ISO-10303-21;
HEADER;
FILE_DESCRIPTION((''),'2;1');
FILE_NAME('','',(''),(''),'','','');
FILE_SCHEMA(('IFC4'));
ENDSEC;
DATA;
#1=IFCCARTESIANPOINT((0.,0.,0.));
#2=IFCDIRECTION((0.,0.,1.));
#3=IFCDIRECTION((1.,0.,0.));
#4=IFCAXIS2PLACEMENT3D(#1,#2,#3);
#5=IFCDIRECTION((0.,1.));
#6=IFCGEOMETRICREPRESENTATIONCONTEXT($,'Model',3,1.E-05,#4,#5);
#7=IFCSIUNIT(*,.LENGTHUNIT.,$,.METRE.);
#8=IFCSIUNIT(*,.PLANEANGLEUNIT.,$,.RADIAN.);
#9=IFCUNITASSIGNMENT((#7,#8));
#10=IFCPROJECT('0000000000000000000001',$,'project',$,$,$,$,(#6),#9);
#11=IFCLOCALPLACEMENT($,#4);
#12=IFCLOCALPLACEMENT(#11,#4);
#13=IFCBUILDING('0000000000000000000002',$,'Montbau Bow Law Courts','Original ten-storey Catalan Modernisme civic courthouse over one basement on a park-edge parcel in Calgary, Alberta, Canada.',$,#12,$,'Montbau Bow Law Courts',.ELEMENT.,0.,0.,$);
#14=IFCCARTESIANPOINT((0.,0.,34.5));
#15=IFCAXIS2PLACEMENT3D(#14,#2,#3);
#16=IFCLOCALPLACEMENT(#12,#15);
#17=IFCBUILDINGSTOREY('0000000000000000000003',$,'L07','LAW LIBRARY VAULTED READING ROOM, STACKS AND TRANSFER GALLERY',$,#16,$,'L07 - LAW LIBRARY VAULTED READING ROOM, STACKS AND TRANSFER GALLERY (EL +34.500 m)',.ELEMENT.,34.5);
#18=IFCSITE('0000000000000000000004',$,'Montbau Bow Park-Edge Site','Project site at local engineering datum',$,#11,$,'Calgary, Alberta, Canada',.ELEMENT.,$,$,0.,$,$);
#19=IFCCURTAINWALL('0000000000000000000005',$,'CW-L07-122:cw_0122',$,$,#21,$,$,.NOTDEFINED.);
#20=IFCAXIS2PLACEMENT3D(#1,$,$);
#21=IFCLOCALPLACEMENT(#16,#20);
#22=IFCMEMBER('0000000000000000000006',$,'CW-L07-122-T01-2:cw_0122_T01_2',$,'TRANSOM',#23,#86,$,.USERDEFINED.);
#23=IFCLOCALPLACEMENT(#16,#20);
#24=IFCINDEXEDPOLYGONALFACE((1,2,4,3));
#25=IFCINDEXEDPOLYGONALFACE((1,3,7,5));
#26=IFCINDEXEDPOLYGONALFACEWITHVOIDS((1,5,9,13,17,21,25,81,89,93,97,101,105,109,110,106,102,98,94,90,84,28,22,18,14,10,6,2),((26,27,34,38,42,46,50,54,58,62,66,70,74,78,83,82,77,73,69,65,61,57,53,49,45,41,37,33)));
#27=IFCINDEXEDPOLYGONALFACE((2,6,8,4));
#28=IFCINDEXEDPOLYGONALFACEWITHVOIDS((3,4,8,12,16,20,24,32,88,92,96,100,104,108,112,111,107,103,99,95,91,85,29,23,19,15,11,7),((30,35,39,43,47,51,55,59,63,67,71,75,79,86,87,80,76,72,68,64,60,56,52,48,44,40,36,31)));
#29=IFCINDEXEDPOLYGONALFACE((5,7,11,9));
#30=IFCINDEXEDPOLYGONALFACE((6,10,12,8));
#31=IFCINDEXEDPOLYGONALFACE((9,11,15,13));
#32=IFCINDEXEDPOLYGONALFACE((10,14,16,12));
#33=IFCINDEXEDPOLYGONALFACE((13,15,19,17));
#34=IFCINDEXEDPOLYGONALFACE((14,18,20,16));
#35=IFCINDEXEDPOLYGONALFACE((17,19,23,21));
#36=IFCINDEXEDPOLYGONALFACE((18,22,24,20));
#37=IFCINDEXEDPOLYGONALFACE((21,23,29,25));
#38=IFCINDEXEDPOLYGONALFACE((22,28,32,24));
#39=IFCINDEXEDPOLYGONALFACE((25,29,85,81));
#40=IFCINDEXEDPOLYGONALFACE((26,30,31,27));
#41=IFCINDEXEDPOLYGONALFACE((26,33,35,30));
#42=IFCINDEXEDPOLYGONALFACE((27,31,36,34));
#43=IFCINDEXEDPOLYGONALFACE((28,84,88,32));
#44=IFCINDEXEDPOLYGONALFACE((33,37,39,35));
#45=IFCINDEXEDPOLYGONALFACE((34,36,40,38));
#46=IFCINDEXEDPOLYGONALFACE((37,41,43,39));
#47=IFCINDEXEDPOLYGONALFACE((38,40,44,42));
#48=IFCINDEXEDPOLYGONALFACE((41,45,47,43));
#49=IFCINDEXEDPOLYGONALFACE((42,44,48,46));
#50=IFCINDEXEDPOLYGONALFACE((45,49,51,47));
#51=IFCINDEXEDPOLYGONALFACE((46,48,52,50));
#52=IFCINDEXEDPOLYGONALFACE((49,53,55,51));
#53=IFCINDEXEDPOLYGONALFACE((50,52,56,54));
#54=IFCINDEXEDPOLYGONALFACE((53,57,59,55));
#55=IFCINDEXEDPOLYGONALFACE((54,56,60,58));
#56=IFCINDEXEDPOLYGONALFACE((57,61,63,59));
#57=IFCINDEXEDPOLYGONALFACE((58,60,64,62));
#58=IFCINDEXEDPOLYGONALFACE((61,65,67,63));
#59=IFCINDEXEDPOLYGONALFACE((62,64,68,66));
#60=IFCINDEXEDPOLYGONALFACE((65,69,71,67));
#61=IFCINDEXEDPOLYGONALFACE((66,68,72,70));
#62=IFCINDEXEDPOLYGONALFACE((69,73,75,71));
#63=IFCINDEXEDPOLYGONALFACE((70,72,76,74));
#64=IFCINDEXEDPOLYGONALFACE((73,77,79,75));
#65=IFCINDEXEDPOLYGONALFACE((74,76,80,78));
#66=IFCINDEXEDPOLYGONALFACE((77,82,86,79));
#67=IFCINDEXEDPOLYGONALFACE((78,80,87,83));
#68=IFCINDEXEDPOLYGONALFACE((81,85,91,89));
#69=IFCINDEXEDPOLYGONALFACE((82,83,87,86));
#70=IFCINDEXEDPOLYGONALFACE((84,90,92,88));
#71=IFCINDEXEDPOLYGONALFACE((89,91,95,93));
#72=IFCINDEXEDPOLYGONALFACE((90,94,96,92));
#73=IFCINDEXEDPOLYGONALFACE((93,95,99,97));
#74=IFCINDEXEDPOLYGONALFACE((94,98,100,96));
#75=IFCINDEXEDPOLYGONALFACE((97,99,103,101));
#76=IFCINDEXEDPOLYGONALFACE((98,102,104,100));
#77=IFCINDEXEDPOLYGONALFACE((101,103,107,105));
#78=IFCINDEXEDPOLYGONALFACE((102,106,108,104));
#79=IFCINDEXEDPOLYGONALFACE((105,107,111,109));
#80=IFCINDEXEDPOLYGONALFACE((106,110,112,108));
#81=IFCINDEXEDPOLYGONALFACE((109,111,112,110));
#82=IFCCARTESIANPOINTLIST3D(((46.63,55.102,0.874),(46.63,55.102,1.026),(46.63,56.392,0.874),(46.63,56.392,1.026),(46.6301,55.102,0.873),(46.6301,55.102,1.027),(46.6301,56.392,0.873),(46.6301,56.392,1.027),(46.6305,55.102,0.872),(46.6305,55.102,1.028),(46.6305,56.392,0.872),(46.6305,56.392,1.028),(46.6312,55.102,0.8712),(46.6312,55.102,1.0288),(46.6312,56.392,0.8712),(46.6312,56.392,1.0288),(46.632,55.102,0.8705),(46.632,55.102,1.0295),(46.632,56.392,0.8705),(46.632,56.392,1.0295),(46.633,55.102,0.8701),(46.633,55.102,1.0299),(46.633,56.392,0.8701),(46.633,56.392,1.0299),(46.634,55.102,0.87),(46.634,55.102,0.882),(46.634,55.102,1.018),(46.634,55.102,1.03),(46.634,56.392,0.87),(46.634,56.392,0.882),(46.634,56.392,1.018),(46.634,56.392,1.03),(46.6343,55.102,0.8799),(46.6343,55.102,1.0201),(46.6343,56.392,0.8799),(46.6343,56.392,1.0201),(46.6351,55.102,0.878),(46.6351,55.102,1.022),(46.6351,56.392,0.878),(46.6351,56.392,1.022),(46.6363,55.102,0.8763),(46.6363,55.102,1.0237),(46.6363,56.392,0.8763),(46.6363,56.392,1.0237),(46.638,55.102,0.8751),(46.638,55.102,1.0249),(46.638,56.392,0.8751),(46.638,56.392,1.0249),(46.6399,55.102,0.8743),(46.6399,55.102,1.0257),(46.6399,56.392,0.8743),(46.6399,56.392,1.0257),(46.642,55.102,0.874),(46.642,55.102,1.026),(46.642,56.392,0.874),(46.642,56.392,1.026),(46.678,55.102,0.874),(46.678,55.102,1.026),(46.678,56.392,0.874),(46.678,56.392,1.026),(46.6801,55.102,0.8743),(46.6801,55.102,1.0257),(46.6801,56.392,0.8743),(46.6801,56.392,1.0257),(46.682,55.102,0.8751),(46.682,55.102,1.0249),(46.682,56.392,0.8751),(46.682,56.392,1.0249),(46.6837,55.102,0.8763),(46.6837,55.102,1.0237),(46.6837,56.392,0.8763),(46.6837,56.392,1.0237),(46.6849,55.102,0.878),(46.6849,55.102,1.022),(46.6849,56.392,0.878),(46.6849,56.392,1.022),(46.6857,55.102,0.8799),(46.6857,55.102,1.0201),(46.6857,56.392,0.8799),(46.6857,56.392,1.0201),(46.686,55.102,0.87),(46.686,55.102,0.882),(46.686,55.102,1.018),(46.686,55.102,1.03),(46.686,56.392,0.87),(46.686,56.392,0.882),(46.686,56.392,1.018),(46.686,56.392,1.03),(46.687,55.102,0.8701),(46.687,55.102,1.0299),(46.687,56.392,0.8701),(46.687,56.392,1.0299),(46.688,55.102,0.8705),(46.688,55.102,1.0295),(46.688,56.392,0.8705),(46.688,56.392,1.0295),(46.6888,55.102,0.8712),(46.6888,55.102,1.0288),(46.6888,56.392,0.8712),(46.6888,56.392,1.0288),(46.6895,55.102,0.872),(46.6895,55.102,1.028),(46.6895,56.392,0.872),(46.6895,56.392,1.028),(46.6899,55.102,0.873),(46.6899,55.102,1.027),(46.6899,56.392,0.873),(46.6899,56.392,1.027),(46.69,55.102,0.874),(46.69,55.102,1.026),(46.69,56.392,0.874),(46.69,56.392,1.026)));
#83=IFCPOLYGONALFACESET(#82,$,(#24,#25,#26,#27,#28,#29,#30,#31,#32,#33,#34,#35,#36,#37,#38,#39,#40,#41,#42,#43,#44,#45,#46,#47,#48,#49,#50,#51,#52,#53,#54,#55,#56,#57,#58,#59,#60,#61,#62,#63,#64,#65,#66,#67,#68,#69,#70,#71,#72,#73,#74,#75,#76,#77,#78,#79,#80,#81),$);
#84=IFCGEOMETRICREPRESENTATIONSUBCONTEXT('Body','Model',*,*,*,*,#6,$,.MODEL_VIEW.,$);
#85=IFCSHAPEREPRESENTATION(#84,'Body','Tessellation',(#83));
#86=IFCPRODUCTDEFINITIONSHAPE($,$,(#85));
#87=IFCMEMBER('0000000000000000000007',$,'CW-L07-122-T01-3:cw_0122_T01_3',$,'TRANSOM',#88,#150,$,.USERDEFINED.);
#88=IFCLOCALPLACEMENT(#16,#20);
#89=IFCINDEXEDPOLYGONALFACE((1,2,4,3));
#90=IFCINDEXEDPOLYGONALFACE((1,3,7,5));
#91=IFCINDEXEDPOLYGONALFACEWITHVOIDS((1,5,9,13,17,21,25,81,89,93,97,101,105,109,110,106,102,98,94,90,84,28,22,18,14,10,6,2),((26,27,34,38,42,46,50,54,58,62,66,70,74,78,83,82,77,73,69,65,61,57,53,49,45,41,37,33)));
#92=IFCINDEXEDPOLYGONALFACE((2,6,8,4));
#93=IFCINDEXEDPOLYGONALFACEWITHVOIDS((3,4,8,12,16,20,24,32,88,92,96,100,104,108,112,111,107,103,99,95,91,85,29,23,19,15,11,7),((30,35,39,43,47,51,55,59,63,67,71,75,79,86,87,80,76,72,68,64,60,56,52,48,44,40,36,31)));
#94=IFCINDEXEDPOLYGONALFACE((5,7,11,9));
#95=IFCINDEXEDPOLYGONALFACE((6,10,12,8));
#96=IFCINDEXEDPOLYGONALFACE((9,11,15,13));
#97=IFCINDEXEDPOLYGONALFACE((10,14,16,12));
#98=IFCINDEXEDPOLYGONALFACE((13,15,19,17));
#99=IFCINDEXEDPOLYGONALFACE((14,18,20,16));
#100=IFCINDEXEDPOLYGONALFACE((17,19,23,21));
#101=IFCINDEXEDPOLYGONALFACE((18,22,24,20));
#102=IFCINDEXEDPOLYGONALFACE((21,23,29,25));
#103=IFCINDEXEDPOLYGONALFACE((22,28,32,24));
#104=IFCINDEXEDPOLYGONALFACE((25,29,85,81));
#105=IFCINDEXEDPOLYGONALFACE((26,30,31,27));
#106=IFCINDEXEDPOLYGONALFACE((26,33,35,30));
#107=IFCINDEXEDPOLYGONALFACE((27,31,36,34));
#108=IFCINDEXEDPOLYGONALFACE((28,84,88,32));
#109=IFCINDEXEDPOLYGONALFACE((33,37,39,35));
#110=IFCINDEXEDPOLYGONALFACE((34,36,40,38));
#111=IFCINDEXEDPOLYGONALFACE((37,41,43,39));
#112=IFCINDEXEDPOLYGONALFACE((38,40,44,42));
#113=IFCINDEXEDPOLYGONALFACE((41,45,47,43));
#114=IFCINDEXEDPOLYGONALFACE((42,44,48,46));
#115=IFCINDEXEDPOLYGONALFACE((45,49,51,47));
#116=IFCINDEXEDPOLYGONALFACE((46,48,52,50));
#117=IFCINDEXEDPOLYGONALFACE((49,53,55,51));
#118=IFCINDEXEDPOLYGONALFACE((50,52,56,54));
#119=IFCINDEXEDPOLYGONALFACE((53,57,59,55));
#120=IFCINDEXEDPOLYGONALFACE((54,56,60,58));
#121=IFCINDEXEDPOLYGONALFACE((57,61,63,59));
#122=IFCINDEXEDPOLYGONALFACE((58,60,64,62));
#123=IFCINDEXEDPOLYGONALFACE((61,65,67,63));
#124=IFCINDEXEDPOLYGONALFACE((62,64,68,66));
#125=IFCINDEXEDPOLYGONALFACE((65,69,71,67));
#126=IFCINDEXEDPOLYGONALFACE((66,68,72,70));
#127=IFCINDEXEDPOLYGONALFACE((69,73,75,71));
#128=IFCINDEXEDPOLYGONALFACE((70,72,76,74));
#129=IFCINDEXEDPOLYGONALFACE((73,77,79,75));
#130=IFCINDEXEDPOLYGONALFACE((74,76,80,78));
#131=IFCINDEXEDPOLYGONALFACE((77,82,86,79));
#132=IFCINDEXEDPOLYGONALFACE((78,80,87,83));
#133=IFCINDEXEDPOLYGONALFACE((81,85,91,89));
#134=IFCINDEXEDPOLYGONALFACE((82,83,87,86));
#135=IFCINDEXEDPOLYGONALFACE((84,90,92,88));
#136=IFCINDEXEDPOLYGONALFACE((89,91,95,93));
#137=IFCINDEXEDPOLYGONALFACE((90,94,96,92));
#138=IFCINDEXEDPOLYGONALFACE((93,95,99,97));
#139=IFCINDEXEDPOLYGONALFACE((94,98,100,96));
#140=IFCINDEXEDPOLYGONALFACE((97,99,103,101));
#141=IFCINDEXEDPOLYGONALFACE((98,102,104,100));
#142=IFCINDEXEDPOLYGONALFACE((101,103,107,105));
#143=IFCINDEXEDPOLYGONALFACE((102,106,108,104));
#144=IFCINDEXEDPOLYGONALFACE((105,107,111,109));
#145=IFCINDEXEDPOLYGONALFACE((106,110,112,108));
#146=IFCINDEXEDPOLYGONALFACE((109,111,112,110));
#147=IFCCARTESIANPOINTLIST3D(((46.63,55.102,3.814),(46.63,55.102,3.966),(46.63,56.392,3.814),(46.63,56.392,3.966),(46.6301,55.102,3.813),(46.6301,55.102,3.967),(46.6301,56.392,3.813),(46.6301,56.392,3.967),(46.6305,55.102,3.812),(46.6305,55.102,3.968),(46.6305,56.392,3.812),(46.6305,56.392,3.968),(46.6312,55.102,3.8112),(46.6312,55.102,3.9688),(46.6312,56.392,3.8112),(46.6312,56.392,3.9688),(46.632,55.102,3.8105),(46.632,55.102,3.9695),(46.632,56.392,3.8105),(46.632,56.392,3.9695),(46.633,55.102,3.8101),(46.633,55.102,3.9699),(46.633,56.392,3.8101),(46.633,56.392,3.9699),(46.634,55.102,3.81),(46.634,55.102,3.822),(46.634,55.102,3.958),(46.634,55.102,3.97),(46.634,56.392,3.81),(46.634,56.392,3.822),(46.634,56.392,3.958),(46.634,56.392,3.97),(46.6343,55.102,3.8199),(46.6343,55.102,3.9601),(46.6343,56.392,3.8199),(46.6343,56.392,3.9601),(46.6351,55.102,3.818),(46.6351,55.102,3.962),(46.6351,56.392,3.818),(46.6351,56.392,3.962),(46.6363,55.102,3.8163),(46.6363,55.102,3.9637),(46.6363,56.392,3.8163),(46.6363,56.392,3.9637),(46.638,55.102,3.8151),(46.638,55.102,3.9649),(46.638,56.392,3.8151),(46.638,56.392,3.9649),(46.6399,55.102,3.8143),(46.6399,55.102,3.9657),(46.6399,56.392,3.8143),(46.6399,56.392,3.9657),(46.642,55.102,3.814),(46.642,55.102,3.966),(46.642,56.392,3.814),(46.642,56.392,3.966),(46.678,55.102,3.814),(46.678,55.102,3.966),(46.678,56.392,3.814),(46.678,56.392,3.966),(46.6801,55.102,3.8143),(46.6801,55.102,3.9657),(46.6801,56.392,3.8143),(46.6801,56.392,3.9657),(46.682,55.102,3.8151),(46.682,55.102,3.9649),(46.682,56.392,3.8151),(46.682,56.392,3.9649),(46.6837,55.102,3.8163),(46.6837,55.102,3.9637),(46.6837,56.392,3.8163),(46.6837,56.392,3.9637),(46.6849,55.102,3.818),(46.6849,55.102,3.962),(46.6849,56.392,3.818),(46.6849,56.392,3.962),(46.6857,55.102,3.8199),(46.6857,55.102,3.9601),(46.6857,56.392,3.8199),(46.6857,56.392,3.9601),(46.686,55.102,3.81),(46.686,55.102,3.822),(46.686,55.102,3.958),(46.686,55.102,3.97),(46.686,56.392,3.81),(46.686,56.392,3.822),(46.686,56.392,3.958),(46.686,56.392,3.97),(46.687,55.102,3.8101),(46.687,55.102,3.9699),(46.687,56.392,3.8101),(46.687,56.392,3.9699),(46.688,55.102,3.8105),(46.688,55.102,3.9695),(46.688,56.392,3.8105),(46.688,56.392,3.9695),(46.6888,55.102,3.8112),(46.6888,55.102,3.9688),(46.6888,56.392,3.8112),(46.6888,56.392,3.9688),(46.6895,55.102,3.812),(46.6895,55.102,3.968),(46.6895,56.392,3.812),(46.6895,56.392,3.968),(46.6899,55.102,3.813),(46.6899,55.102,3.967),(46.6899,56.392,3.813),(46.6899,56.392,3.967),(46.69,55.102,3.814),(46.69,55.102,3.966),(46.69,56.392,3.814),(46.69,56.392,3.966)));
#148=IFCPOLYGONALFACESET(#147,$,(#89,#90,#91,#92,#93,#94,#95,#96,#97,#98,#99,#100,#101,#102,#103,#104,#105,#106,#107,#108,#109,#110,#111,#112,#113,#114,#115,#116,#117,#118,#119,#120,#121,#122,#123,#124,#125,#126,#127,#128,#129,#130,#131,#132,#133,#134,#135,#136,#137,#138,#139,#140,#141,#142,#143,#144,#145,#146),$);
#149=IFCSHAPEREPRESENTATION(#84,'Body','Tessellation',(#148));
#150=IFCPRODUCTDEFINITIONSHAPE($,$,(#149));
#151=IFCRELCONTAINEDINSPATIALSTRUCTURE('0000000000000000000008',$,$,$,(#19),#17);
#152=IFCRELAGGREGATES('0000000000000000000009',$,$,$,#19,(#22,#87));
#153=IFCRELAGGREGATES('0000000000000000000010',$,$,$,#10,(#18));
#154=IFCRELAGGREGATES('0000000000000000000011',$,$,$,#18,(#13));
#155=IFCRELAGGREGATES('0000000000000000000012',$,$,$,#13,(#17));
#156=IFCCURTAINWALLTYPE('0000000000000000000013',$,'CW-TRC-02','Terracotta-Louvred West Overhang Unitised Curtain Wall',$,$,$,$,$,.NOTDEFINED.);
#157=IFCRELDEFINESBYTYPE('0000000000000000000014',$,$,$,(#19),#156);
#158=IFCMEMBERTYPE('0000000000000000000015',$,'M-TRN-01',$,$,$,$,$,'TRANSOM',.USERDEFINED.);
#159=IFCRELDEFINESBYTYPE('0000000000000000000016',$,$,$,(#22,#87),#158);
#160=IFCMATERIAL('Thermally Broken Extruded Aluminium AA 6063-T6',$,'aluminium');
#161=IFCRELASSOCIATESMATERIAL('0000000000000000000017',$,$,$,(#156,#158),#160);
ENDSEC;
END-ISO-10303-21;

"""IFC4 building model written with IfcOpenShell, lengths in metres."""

from ifc_helpers import new_model, si_unit, direction, frame, origin_with_axes, origin_2d_with_axis, place, context, subcontext, project, spatial, hollow_rectangle, extrude, material, material_profile, profile_set, type_object, element, aggregate, save


model = new_model("IFC4")

# Units and contexts
model_context = context("Model", 3, precision=1e-05, world=origin_with_axes(), true_north=direction((0.0, 1.0)))
body_context = subcontext(model_context, "Body", "Model", "MODEL_VIEW")
ifc_project = project(units=[si_unit("LENGTHUNIT", "METRE"), si_unit("PLANEANGLEUNIT", "RADIAN")], contexts=[model_context])

# Site, building, storey
site_placement = place(None, origin_with_axes())
site = spatial("IfcSite", under=ifc_project, at=site_placement, Name="Montbau Bow Park-Edge Site", Description="Project site at local engineering datum", LongName="Calgary, Alberta, Canada", CompositionType="ELEMENT", RefElevation=0.0)
building_placement = place(site_placement, origin_with_axes())
building = spatial("IfcBuilding", under=site, at=building_placement, Name="Montbau Bow Law Courts", Description="Original ten-storey Catalan Modernisme civic courthouse over one basement on a park-edge parcel in Calgary, Alberta, Canada.", LongName="Montbau Bow Law Courts", CompositionType="ELEMENT", ElevationOfRefHeight=0.0, ElevationOfTerrain=0.0)
storey_placement = place(building_placement, frame((0.0, 0.0, 34.5), z_axis=(0.0, 0.0, 1.0), x_axis=(1.0, 0.0, 0.0)))
storey = spatial("IfcBuildingStorey", under=building, at=storey_placement, Name="L07", Description="LAW LIBRARY VAULTED READING ROOM, STACKS AND TRANSFER GALLERY", LongName="L07 - LAW LIBRARY VAULTED READING ROOM, STACKS AND TRANSFER GALLERY (EL +34.500 m)", CompositionType="ELEMENT", Elevation=34.5)

# Shared definitions
ifc_material_1 = material(Name="Thermally Broken Extruded Aluminium AA 6063-T6", Category="aluminium")
curtain_wall_type = type_object("IfcCurtainWallType", Name="CW-TRC-02", Description="Terracotta-Louvred West Overhang Unitised Curtain Wall", PredefinedType="NOTDEFINED", material=ifc_material_1)

# Curtain wall
curtain_wall_1_placement = place(None, frame((46.66, 55.04, 34.5), z_axis=(0.0, 0.0, 1.0), x_axis=(1.0, 0.0, 0.0)))
curtain_wall_1 = element("IfcCurtainWall", 1, at=curtain_wall_1_placement, inside=storey, type_object=curtain_wall_type, Name="CW-L07-122:cw_0122", PredefinedType="NOTDEFINED")

# Members
ifc_material_profile_1 = material_profile(ifc_material_1, hollow_rectangle(XDim=0.06, YDim=0.16, WallThickness=0.004, InnerFilletRadius=0.008, OuterFilletRadius=0.004, at=origin_2d_with_axis()), Name="CWT-160X60", Category="Main", Priority=0)
ifc_profile_set_1 = profile_set([ifc_material_profile_1], Name="Thermally Broken Extruded Aluminium AA 6063-T6")
member_type_1 = type_object("IfcMemberType", Name="M-TRN-01", ElementType="TRANSOM", PredefinedType="USERDEFINED", material=ifc_profile_set_1)
member_1_placement = place(None, frame((46.66, 55.102, 35.45), z_axis=(0.0, 1.0, 0.0), x_axis=(-1.0, 0.0, 0.0)))
member_1 = element("IfcMember", 2, at=member_1_placement, type_object=member_type_1, Name="CW-L07-122-T01-2:cw_0122_T01_2", ObjectType="TRANSOM", PredefinedType="USERDEFINED", context=body_context, shape_type="SweptSolid", body=[
    extrude(hollow_rectangle(XDim=0.06, YDim=0.16, WallThickness=0.004, InnerFilletRadius=0.008, OuterFilletRadius=0.004, at=origin_2d_with_axis()), origin_with_axes(), (0.0, 0.0, 1.0), 1.29),
])
member_2_placement = place(None, frame((46.66, 55.102, 38.39), z_axis=(0.0, 1.0, 0.0), x_axis=(-1.0, 0.0, 0.0)))
member_2 = element("IfcMember", 3, at=member_2_placement, type_object=member_type_1, Name="CW-L07-122-T01-3:cw_0122_T01_3", ObjectType="TRANSOM", PredefinedType="USERDEFINED", context=body_context, shape_type="SweptSolid", body=[
    extrude(hollow_rectangle(XDim=0.06, YDim=0.16, WallThickness=0.004, InnerFilletRadius=0.008, OuterFilletRadius=0.004, at=origin_2d_with_axis()), origin_with_axes(), (0.0, 0.0, 1.0), 1.29),
])

aggregate(curtain_wall_1, [member_1, member_2])

save(model, "model.ifc")
